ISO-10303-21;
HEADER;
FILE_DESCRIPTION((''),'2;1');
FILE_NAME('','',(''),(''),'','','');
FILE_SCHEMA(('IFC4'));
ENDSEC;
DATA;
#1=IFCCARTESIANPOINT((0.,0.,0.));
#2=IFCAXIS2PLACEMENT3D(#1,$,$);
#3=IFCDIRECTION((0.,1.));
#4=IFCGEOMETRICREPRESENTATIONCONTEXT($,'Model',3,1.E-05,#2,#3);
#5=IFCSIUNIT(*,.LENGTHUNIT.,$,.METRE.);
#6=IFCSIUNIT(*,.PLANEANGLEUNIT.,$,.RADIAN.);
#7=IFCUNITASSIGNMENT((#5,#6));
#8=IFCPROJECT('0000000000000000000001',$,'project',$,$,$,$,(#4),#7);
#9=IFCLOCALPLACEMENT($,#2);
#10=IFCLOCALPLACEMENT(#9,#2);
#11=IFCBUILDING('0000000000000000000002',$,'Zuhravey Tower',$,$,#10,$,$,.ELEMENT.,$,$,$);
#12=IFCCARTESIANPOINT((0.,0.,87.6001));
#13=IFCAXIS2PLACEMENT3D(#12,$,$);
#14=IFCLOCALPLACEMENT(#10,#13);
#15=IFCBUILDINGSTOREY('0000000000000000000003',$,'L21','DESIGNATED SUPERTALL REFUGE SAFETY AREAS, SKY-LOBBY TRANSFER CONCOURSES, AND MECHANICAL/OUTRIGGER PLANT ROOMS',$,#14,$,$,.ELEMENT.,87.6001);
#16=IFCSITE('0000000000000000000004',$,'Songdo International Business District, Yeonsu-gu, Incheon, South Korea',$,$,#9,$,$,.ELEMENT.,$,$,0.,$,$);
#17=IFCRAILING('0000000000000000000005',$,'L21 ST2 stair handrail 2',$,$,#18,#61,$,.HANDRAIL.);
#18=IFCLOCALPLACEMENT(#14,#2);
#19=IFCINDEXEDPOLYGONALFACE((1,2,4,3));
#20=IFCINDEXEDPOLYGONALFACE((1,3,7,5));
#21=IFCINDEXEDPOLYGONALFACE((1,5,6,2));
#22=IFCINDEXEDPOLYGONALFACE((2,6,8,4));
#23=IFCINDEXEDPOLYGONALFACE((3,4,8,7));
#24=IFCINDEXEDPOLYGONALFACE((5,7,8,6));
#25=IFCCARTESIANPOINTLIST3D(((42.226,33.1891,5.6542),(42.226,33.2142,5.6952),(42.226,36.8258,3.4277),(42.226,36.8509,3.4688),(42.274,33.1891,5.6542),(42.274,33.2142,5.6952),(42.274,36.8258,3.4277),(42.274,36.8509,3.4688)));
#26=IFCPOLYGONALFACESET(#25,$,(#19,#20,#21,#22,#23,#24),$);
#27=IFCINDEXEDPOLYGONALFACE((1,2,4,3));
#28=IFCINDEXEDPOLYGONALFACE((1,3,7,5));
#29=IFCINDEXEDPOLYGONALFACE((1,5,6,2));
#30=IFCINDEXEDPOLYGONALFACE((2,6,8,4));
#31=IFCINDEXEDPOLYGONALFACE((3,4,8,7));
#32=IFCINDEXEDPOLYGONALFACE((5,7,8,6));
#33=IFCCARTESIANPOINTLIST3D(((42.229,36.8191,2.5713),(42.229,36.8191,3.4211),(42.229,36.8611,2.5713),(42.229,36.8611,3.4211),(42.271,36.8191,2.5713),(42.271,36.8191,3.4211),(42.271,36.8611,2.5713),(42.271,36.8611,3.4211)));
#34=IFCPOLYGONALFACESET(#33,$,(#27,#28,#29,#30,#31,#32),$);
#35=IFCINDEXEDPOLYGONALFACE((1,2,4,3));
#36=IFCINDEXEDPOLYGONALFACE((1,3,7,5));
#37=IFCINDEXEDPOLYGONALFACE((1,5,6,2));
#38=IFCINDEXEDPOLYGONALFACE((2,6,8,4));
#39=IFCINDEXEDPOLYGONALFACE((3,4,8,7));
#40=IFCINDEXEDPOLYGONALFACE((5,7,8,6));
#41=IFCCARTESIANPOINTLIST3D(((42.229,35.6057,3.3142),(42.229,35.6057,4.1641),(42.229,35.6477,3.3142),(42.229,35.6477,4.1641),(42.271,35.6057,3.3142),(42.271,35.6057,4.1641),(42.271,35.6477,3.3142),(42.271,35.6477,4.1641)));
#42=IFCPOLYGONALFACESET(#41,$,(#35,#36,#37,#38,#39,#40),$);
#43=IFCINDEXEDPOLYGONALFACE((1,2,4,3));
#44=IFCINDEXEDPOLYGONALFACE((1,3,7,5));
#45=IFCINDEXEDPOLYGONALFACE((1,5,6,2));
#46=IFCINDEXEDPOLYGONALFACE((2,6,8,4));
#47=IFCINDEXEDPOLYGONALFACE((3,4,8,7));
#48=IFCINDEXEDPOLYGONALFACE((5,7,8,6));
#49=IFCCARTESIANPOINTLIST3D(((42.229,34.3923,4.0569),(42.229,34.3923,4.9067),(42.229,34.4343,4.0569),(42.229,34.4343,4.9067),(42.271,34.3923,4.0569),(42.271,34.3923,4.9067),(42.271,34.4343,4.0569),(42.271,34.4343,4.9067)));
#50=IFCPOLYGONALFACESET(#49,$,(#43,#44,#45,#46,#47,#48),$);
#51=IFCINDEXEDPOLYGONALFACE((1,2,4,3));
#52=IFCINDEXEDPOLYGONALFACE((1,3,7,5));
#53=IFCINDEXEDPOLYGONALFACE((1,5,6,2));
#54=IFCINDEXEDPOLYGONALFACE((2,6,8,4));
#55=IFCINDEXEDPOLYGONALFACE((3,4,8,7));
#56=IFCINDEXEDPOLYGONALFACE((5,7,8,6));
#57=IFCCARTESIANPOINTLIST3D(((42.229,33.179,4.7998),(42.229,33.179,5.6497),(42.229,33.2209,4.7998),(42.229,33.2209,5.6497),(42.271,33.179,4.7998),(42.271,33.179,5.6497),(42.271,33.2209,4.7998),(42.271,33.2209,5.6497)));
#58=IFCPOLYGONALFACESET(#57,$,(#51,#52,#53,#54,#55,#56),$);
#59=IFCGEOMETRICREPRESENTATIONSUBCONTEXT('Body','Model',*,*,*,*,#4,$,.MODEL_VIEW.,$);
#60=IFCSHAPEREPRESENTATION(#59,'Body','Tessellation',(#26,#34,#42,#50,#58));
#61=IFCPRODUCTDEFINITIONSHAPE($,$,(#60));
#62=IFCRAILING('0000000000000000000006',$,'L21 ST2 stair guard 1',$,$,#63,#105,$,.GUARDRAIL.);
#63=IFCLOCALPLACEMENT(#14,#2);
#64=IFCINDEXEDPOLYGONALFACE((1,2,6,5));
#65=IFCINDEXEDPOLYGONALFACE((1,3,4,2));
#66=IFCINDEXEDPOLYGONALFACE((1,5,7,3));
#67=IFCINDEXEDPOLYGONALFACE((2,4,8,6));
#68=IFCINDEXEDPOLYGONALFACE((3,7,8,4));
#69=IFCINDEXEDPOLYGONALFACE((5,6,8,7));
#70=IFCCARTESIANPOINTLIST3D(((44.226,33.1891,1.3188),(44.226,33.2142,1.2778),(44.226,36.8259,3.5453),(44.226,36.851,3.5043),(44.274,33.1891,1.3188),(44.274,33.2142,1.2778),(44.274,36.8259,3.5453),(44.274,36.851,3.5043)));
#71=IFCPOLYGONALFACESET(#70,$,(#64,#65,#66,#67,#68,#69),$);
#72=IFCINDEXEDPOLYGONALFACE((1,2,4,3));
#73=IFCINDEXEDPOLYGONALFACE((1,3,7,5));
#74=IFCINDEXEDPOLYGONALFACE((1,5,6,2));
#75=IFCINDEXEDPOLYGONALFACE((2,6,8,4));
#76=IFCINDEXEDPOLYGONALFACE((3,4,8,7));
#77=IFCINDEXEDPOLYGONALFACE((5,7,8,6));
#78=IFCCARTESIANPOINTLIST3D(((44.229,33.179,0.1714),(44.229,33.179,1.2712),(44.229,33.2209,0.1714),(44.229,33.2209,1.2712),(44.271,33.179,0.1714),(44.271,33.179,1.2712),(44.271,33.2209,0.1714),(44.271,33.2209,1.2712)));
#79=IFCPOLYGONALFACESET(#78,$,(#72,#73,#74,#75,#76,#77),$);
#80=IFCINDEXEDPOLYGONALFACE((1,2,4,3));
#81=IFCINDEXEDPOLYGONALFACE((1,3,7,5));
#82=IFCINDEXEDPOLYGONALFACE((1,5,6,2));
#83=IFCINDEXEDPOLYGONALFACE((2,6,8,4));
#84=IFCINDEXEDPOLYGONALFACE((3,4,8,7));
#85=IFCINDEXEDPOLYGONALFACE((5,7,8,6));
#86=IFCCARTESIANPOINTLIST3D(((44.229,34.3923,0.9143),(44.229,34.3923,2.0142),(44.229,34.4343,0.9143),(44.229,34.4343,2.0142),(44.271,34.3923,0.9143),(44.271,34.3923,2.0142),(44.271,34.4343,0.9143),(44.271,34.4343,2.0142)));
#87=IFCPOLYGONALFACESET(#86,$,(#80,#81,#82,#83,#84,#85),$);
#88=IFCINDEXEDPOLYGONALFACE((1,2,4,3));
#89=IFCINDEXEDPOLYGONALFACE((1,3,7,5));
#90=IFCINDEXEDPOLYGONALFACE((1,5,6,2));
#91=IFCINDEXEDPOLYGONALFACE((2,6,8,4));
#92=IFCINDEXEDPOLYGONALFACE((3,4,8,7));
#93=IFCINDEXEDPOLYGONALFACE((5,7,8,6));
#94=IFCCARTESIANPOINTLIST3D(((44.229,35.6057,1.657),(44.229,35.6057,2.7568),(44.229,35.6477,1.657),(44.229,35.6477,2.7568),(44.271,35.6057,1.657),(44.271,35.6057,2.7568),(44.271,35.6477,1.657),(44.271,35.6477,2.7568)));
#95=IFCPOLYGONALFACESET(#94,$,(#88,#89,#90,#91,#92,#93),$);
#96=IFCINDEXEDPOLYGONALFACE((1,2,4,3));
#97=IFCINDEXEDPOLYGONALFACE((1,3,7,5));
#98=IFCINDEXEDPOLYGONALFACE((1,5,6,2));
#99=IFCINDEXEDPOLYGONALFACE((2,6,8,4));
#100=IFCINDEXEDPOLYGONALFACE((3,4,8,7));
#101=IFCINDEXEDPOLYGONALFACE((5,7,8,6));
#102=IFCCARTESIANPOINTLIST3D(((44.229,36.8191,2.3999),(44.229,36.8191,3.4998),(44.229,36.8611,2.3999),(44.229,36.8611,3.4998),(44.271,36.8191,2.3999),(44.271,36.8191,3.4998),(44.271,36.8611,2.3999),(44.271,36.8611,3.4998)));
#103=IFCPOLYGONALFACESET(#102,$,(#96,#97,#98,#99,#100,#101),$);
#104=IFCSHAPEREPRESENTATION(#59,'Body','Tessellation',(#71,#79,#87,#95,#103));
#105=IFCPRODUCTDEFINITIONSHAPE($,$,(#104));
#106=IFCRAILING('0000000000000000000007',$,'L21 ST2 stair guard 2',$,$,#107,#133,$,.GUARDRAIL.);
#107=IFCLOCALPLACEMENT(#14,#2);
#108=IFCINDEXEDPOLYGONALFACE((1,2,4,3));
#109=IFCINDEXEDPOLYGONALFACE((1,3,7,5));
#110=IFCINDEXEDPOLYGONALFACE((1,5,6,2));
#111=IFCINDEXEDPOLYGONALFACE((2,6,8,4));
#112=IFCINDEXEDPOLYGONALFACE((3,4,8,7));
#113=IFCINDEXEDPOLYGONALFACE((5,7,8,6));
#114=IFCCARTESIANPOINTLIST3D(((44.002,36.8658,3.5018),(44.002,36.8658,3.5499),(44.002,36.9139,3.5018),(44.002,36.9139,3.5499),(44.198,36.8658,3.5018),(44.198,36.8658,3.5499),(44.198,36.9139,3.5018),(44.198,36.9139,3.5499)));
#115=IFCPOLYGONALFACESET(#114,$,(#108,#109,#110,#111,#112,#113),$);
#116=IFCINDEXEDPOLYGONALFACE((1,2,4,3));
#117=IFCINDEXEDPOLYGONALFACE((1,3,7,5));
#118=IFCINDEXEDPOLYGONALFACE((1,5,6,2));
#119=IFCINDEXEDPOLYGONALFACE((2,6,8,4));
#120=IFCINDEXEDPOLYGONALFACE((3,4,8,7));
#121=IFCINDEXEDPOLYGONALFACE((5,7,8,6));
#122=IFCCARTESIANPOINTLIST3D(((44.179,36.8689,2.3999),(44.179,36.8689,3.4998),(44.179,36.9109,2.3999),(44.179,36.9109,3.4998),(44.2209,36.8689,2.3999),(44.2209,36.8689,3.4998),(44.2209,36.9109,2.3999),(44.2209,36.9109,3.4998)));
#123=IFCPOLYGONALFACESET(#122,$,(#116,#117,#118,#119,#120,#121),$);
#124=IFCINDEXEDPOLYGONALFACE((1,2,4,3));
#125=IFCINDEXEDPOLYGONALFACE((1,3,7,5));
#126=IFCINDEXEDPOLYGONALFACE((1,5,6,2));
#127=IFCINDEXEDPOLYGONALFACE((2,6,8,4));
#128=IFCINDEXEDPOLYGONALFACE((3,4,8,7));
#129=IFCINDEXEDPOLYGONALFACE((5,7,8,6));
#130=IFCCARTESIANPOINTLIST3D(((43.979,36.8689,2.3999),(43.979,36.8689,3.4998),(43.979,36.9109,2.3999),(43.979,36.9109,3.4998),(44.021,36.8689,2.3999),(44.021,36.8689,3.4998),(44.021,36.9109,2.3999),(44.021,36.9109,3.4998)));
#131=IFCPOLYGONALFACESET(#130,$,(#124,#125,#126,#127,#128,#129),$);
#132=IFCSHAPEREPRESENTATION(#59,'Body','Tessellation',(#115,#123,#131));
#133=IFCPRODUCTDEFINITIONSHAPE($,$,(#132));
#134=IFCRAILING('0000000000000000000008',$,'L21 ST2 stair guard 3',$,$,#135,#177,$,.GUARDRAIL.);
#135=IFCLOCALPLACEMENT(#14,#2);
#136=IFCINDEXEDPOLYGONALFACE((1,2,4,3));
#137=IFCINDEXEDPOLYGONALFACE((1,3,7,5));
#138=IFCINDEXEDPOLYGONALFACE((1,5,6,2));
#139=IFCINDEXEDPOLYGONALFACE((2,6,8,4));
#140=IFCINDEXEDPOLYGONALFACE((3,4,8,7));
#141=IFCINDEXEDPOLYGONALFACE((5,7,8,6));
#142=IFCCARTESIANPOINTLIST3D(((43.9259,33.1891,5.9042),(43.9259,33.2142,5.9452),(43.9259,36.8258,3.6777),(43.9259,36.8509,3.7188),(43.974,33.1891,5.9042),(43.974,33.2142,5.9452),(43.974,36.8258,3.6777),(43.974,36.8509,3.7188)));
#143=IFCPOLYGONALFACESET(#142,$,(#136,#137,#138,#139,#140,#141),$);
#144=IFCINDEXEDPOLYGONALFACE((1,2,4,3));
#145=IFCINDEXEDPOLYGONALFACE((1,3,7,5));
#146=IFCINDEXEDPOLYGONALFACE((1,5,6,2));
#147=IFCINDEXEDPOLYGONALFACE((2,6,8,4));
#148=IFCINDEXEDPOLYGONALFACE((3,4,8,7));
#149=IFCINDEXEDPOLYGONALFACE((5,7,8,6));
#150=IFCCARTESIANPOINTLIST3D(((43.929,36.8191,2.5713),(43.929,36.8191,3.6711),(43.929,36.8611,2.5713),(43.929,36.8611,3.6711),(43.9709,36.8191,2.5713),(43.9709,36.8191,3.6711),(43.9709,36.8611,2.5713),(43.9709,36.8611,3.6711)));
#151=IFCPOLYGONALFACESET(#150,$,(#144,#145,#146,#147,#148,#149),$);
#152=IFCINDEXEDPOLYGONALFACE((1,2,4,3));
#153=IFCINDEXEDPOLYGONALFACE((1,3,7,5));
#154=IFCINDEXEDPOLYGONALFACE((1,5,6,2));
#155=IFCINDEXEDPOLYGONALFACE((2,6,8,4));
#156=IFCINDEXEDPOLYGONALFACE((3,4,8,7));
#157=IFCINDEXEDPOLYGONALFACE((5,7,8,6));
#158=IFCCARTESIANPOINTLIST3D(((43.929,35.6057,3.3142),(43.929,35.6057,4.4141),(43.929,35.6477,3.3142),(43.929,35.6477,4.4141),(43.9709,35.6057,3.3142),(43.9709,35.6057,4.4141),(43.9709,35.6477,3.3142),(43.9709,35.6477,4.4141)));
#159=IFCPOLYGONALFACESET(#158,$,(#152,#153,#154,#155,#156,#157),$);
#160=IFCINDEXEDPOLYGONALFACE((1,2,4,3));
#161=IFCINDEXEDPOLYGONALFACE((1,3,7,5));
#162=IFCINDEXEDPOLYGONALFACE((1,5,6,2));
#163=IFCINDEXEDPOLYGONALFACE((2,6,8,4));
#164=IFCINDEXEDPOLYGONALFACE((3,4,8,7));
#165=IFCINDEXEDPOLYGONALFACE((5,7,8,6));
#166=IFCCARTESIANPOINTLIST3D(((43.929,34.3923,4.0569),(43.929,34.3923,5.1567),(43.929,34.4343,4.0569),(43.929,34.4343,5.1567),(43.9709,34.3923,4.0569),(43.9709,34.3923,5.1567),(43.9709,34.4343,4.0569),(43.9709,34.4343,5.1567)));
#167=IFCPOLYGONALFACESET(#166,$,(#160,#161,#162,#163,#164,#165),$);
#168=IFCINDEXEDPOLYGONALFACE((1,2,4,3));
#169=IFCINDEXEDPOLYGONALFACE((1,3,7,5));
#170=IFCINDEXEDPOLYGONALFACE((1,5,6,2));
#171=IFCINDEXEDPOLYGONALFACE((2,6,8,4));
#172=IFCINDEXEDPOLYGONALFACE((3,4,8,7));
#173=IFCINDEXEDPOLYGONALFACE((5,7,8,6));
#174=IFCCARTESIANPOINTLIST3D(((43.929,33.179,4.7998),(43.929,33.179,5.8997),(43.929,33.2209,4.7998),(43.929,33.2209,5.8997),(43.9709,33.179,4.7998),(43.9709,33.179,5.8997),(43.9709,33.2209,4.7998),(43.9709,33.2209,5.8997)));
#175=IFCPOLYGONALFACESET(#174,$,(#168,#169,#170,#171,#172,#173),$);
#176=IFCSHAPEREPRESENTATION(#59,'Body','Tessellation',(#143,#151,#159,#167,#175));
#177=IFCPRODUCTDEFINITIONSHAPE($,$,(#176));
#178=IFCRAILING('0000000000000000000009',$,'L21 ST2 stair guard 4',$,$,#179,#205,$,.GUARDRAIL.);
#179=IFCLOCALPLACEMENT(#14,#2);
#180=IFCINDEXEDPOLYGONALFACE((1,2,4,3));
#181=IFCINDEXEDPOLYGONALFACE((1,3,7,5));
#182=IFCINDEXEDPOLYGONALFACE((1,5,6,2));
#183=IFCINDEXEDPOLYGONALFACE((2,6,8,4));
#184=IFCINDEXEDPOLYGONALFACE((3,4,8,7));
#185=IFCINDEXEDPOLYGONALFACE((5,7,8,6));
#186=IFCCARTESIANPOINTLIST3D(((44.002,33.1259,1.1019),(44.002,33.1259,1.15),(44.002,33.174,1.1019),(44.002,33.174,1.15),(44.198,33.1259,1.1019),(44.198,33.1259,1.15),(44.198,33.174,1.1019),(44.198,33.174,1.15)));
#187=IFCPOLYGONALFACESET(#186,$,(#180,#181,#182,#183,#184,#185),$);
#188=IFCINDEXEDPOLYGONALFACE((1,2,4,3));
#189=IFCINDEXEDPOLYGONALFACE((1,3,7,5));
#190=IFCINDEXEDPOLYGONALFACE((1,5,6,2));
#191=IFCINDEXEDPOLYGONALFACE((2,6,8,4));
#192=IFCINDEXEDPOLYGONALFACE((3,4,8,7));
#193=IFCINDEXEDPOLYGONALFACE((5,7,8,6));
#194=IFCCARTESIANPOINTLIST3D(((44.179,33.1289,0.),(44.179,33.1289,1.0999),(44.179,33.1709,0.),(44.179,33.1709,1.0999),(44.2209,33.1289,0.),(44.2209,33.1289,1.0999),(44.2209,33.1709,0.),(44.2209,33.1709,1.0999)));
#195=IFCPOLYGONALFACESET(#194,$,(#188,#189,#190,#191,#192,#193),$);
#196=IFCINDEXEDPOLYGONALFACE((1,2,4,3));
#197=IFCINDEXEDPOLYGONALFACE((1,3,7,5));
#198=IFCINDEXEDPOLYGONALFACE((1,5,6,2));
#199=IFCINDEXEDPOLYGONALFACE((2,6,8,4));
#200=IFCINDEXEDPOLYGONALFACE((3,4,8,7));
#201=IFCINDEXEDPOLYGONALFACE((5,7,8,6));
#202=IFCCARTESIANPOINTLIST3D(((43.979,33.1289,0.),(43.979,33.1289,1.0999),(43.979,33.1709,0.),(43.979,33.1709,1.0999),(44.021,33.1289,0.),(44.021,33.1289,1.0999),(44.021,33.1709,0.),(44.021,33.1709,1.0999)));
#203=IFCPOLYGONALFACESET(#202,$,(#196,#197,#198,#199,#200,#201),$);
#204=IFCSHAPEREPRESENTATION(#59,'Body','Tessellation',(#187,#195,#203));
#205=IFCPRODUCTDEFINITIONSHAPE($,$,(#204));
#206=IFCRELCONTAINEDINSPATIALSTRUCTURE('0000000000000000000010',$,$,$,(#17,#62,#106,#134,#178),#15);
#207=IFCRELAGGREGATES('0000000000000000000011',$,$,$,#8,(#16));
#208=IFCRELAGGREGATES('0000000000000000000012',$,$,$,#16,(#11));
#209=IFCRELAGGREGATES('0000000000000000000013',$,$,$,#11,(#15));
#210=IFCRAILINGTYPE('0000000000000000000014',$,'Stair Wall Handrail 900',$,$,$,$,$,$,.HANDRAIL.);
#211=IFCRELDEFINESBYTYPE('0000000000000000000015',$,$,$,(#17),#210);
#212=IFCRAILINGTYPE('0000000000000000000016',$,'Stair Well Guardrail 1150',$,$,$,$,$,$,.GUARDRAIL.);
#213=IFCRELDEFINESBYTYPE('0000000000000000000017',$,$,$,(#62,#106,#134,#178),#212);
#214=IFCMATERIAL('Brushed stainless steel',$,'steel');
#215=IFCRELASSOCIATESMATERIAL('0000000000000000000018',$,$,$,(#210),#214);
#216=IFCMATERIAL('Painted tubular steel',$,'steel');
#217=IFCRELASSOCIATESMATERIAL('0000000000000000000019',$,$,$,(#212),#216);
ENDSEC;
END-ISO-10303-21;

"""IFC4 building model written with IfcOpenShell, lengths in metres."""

from ifc_helpers import new_model, si_unit, direction, frame, origin, origin_2d, place, context, subcontext, project, spatial, rectangle, extrude, material, type_object, element, save


model = new_model("IFC4")

# Units and contexts
model_context = context("Model", 3, precision=1e-05, world=origin(), true_north=direction((0.0, 1.0)))
body_context = subcontext(model_context, "Body", "Model", "MODEL_VIEW")
ifc_project = project(units=[si_unit("LENGTHUNIT", "METRE"), si_unit("PLANEANGLEUNIT", "RADIAN")], contexts=[model_context])

# Site, building, storey
site_placement = place(None, origin())
site = spatial("IfcSite", under=ifc_project, at=site_placement, Name="Songdo International Business District, Yeonsu-gu, Incheon, South Korea", CompositionType="ELEMENT", RefElevation=0.0)
building_placement = place(site_placement, origin())
building = spatial("IfcBuilding", under=site, at=building_placement, Name="Zuhravey Tower", CompositionType="ELEMENT")
storey_placement = place(building_placement, frame((0.0, 0.0, 87.6001)))
storey = spatial("IfcBuildingStorey", under=building, at=storey_placement, Name="L21", Description="DESIGNATED SUPERTALL REFUGE SAFETY AREAS, SKY-LOBBY TRANSFER CONCOURSES, AND MECHANICAL/OUTRIGGER PLANT ROOMS", CompositionType="ELEMENT", Elevation=87.6001)

# Railings
ifc_material_1 = material(Name="Brushed stainless steel", Category="steel")
railing_type_1 = type_object("IfcRailingType", Name="Stair Wall Handrail 900", PredefinedType="HANDRAIL", material=ifc_material_1)
railing_1_placement = place(storey_placement, frame((42.25, 36.8401, 2.5713)))
element("IfcRailing", 1, at=railing_1_placement, inside=storey, type_object=railing_type_1, Name="L21 ST2 stair handrail 2", PredefinedType="HANDRAIL", context=body_context, shape_type="SweptSolid", body=[
    extrude(rectangle(XDim=0.0481, YDim=0.0481, at=origin_2d()), frame((0.0, -0.0017, 0.877), z_axis=(0.0, -0.852866, 0.52213), x_axis=(1.0, 0.0, 0.0)), (0.0, 0.0, 1.0), 4.2642),
    extrude(rectangle(XDim=0.042, YDim=0.042, at=origin_2d()), origin(), (0.0, 0.0, 1.0), 0.8499),
    extrude(rectangle(XDim=0.042, YDim=0.042, at=origin_2d()), frame((0.0, -1.2134, 0.7429)), (0.0, 0.0, 1.0), 0.8499),
    extrude(rectangle(XDim=0.042, YDim=0.042, at=origin_2d()), frame((0.0, -2.4268, 1.4856)), (0.0, 0.0, 1.0), 0.8499),
    extrude(rectangle(XDim=0.042, YDim=0.042, at=origin_2d()), frame((0.0, -3.6401, 2.2285)), (0.0, 0.0, 1.0), 0.8499),
])
ifc_material_2 = material(Name="Painted tubular steel", Category="steel")
railing_type_2 = type_object("IfcRailingType", Name="Stair Well Guardrail 1150", PredefinedType="GUARDRAIL", material=ifc_material_2)
railing_2_placement = place(storey_placement, frame((44.25, 33.2, 0.1714)))
element("IfcRailing", 2, at=railing_2_placement, inside=storey, type_object=railing_type_2, Name="L21 ST2 stair guard 1", PredefinedType="GUARDRAIL", context=body_context, shape_type="SweptSolid", body=[
    extrude(rectangle(XDim=0.0481, YDim=0.0481, at=origin_2d()), frame((0.0, 0.0017, 1.127), z_axis=(0.0, 0.852866, 0.52213), x_axis=(-1.0, 0.0, 0.0)), (0.0, 0.0, 1.0), 4.2642),
    extrude(rectangle(XDim=0.042, YDim=0.042, at=origin_2d()), origin(), (0.0, 0.0, 1.0), 1.0999),
    extrude(rectangle(XDim=0.042, YDim=0.042, at=origin_2d()), frame((0.0, 1.2134, 0.7429)), (0.0, 0.0, 1.0), 1.0999),
    extrude(rectangle(XDim=0.042, YDim=0.042, at=origin_2d()), frame((0.0, 2.4268, 1.4856)), (0.0, 0.0, 1.0), 1.0999),
    extrude(rectangle(XDim=0.042, YDim=0.042, at=origin_2d()), frame((0.0, 3.6401, 2.2285)), (0.0, 0.0, 1.0), 1.0999),
])
railing_3_placement = place(storey_placement, frame((44.2, 36.8899, 2.3999)))
element("IfcRailing", 3, at=railing_3_placement, inside=storey, type_object=railing_type_2, Name="L21 ST2 stair guard 2", PredefinedType="GUARDRAIL", context=body_context, shape_type="SweptSolid", body=[
    extrude(rectangle(XDim=0.0481, YDim=0.0481, at=origin_2d()), frame((-0.002, 0.0, 1.126), z_axis=(-1.0, 0.0, 0.0), x_axis=(0.0, -1.0, 0.0)), (0.0, 0.0, 1.0), 0.196),
    extrude(rectangle(XDim=0.042, YDim=0.042, at=origin_2d()), origin(), (0.0, 0.0, 1.0), 1.0999),
    extrude(rectangle(XDim=0.042, YDim=0.042, at=origin_2d()), frame((-0.2, 0.0, 0.0)), (0.0, 0.0, 1.0), 1.0999),
])
railing_4_placement = place(storey_placement, frame((43.95, 36.8401, 2.5713)))
element("IfcRailing", 4, at=railing_4_placement, inside=storey, type_object=railing_type_2, Name="L21 ST2 stair guard 3", PredefinedType="GUARDRAIL", context=body_context, shape_type="SweptSolid", body=[
    extrude(rectangle(XDim=0.0481, YDim=0.0481, at=origin_2d()), frame((0.0, -0.0017, 1.127), z_axis=(0.0, -0.852866, 0.52213), x_axis=(1.0, 0.0, 0.0)), (0.0, 0.0, 1.0), 4.2642),
    extrude(rectangle(XDim=0.042, YDim=0.042, at=origin_2d()), origin(), (0.0, 0.0, 1.0), 1.0999),
    extrude(rectangle(XDim=0.042, YDim=0.042, at=origin_2d()), frame((0.0, -1.2134, 0.7429)), (0.0, 0.0, 1.0), 1.0999),
    extrude(rectangle(XDim=0.042, YDim=0.042, at=origin_2d()), frame((0.0, -2.4268, 1.4856)), (0.0, 0.0, 1.0), 1.0999),
    extrude(rectangle(XDim=0.042, YDim=0.042, at=origin_2d()), frame((0.0, -3.6401, 2.2285)), (0.0, 0.0, 1.0), 1.0999),
])
railing_5_placement = place(storey_placement, frame((44.2, 33.1499, 0.0)))
element("IfcRailing", 5, at=railing_5_placement, inside=storey, type_object=railing_type_2, Name="L21 ST2 stair guard 4", PredefinedType="GUARDRAIL", context=body_context, shape_type="SweptSolid", body=[
    extrude(rectangle(XDim=0.0481, YDim=0.0481, at=origin_2d()), frame((-0.002, 0.0, 1.126), z_axis=(-1.0, 0.0, 0.0), x_axis=(0.0, -1.0, 0.0)), (0.0, 0.0, 1.0), 0.196),
    extrude(rectangle(XDim=0.042, YDim=0.042, at=origin_2d()), origin(), (0.0, 0.0, 1.0), 1.0999),
    extrude(rectangle(XDim=0.042, YDim=0.042, at=origin_2d()), frame((-0.2, 0.0, 0.0)), (0.0, 0.0, 1.0), 1.0999),
])

save(model, "model.ifc")
